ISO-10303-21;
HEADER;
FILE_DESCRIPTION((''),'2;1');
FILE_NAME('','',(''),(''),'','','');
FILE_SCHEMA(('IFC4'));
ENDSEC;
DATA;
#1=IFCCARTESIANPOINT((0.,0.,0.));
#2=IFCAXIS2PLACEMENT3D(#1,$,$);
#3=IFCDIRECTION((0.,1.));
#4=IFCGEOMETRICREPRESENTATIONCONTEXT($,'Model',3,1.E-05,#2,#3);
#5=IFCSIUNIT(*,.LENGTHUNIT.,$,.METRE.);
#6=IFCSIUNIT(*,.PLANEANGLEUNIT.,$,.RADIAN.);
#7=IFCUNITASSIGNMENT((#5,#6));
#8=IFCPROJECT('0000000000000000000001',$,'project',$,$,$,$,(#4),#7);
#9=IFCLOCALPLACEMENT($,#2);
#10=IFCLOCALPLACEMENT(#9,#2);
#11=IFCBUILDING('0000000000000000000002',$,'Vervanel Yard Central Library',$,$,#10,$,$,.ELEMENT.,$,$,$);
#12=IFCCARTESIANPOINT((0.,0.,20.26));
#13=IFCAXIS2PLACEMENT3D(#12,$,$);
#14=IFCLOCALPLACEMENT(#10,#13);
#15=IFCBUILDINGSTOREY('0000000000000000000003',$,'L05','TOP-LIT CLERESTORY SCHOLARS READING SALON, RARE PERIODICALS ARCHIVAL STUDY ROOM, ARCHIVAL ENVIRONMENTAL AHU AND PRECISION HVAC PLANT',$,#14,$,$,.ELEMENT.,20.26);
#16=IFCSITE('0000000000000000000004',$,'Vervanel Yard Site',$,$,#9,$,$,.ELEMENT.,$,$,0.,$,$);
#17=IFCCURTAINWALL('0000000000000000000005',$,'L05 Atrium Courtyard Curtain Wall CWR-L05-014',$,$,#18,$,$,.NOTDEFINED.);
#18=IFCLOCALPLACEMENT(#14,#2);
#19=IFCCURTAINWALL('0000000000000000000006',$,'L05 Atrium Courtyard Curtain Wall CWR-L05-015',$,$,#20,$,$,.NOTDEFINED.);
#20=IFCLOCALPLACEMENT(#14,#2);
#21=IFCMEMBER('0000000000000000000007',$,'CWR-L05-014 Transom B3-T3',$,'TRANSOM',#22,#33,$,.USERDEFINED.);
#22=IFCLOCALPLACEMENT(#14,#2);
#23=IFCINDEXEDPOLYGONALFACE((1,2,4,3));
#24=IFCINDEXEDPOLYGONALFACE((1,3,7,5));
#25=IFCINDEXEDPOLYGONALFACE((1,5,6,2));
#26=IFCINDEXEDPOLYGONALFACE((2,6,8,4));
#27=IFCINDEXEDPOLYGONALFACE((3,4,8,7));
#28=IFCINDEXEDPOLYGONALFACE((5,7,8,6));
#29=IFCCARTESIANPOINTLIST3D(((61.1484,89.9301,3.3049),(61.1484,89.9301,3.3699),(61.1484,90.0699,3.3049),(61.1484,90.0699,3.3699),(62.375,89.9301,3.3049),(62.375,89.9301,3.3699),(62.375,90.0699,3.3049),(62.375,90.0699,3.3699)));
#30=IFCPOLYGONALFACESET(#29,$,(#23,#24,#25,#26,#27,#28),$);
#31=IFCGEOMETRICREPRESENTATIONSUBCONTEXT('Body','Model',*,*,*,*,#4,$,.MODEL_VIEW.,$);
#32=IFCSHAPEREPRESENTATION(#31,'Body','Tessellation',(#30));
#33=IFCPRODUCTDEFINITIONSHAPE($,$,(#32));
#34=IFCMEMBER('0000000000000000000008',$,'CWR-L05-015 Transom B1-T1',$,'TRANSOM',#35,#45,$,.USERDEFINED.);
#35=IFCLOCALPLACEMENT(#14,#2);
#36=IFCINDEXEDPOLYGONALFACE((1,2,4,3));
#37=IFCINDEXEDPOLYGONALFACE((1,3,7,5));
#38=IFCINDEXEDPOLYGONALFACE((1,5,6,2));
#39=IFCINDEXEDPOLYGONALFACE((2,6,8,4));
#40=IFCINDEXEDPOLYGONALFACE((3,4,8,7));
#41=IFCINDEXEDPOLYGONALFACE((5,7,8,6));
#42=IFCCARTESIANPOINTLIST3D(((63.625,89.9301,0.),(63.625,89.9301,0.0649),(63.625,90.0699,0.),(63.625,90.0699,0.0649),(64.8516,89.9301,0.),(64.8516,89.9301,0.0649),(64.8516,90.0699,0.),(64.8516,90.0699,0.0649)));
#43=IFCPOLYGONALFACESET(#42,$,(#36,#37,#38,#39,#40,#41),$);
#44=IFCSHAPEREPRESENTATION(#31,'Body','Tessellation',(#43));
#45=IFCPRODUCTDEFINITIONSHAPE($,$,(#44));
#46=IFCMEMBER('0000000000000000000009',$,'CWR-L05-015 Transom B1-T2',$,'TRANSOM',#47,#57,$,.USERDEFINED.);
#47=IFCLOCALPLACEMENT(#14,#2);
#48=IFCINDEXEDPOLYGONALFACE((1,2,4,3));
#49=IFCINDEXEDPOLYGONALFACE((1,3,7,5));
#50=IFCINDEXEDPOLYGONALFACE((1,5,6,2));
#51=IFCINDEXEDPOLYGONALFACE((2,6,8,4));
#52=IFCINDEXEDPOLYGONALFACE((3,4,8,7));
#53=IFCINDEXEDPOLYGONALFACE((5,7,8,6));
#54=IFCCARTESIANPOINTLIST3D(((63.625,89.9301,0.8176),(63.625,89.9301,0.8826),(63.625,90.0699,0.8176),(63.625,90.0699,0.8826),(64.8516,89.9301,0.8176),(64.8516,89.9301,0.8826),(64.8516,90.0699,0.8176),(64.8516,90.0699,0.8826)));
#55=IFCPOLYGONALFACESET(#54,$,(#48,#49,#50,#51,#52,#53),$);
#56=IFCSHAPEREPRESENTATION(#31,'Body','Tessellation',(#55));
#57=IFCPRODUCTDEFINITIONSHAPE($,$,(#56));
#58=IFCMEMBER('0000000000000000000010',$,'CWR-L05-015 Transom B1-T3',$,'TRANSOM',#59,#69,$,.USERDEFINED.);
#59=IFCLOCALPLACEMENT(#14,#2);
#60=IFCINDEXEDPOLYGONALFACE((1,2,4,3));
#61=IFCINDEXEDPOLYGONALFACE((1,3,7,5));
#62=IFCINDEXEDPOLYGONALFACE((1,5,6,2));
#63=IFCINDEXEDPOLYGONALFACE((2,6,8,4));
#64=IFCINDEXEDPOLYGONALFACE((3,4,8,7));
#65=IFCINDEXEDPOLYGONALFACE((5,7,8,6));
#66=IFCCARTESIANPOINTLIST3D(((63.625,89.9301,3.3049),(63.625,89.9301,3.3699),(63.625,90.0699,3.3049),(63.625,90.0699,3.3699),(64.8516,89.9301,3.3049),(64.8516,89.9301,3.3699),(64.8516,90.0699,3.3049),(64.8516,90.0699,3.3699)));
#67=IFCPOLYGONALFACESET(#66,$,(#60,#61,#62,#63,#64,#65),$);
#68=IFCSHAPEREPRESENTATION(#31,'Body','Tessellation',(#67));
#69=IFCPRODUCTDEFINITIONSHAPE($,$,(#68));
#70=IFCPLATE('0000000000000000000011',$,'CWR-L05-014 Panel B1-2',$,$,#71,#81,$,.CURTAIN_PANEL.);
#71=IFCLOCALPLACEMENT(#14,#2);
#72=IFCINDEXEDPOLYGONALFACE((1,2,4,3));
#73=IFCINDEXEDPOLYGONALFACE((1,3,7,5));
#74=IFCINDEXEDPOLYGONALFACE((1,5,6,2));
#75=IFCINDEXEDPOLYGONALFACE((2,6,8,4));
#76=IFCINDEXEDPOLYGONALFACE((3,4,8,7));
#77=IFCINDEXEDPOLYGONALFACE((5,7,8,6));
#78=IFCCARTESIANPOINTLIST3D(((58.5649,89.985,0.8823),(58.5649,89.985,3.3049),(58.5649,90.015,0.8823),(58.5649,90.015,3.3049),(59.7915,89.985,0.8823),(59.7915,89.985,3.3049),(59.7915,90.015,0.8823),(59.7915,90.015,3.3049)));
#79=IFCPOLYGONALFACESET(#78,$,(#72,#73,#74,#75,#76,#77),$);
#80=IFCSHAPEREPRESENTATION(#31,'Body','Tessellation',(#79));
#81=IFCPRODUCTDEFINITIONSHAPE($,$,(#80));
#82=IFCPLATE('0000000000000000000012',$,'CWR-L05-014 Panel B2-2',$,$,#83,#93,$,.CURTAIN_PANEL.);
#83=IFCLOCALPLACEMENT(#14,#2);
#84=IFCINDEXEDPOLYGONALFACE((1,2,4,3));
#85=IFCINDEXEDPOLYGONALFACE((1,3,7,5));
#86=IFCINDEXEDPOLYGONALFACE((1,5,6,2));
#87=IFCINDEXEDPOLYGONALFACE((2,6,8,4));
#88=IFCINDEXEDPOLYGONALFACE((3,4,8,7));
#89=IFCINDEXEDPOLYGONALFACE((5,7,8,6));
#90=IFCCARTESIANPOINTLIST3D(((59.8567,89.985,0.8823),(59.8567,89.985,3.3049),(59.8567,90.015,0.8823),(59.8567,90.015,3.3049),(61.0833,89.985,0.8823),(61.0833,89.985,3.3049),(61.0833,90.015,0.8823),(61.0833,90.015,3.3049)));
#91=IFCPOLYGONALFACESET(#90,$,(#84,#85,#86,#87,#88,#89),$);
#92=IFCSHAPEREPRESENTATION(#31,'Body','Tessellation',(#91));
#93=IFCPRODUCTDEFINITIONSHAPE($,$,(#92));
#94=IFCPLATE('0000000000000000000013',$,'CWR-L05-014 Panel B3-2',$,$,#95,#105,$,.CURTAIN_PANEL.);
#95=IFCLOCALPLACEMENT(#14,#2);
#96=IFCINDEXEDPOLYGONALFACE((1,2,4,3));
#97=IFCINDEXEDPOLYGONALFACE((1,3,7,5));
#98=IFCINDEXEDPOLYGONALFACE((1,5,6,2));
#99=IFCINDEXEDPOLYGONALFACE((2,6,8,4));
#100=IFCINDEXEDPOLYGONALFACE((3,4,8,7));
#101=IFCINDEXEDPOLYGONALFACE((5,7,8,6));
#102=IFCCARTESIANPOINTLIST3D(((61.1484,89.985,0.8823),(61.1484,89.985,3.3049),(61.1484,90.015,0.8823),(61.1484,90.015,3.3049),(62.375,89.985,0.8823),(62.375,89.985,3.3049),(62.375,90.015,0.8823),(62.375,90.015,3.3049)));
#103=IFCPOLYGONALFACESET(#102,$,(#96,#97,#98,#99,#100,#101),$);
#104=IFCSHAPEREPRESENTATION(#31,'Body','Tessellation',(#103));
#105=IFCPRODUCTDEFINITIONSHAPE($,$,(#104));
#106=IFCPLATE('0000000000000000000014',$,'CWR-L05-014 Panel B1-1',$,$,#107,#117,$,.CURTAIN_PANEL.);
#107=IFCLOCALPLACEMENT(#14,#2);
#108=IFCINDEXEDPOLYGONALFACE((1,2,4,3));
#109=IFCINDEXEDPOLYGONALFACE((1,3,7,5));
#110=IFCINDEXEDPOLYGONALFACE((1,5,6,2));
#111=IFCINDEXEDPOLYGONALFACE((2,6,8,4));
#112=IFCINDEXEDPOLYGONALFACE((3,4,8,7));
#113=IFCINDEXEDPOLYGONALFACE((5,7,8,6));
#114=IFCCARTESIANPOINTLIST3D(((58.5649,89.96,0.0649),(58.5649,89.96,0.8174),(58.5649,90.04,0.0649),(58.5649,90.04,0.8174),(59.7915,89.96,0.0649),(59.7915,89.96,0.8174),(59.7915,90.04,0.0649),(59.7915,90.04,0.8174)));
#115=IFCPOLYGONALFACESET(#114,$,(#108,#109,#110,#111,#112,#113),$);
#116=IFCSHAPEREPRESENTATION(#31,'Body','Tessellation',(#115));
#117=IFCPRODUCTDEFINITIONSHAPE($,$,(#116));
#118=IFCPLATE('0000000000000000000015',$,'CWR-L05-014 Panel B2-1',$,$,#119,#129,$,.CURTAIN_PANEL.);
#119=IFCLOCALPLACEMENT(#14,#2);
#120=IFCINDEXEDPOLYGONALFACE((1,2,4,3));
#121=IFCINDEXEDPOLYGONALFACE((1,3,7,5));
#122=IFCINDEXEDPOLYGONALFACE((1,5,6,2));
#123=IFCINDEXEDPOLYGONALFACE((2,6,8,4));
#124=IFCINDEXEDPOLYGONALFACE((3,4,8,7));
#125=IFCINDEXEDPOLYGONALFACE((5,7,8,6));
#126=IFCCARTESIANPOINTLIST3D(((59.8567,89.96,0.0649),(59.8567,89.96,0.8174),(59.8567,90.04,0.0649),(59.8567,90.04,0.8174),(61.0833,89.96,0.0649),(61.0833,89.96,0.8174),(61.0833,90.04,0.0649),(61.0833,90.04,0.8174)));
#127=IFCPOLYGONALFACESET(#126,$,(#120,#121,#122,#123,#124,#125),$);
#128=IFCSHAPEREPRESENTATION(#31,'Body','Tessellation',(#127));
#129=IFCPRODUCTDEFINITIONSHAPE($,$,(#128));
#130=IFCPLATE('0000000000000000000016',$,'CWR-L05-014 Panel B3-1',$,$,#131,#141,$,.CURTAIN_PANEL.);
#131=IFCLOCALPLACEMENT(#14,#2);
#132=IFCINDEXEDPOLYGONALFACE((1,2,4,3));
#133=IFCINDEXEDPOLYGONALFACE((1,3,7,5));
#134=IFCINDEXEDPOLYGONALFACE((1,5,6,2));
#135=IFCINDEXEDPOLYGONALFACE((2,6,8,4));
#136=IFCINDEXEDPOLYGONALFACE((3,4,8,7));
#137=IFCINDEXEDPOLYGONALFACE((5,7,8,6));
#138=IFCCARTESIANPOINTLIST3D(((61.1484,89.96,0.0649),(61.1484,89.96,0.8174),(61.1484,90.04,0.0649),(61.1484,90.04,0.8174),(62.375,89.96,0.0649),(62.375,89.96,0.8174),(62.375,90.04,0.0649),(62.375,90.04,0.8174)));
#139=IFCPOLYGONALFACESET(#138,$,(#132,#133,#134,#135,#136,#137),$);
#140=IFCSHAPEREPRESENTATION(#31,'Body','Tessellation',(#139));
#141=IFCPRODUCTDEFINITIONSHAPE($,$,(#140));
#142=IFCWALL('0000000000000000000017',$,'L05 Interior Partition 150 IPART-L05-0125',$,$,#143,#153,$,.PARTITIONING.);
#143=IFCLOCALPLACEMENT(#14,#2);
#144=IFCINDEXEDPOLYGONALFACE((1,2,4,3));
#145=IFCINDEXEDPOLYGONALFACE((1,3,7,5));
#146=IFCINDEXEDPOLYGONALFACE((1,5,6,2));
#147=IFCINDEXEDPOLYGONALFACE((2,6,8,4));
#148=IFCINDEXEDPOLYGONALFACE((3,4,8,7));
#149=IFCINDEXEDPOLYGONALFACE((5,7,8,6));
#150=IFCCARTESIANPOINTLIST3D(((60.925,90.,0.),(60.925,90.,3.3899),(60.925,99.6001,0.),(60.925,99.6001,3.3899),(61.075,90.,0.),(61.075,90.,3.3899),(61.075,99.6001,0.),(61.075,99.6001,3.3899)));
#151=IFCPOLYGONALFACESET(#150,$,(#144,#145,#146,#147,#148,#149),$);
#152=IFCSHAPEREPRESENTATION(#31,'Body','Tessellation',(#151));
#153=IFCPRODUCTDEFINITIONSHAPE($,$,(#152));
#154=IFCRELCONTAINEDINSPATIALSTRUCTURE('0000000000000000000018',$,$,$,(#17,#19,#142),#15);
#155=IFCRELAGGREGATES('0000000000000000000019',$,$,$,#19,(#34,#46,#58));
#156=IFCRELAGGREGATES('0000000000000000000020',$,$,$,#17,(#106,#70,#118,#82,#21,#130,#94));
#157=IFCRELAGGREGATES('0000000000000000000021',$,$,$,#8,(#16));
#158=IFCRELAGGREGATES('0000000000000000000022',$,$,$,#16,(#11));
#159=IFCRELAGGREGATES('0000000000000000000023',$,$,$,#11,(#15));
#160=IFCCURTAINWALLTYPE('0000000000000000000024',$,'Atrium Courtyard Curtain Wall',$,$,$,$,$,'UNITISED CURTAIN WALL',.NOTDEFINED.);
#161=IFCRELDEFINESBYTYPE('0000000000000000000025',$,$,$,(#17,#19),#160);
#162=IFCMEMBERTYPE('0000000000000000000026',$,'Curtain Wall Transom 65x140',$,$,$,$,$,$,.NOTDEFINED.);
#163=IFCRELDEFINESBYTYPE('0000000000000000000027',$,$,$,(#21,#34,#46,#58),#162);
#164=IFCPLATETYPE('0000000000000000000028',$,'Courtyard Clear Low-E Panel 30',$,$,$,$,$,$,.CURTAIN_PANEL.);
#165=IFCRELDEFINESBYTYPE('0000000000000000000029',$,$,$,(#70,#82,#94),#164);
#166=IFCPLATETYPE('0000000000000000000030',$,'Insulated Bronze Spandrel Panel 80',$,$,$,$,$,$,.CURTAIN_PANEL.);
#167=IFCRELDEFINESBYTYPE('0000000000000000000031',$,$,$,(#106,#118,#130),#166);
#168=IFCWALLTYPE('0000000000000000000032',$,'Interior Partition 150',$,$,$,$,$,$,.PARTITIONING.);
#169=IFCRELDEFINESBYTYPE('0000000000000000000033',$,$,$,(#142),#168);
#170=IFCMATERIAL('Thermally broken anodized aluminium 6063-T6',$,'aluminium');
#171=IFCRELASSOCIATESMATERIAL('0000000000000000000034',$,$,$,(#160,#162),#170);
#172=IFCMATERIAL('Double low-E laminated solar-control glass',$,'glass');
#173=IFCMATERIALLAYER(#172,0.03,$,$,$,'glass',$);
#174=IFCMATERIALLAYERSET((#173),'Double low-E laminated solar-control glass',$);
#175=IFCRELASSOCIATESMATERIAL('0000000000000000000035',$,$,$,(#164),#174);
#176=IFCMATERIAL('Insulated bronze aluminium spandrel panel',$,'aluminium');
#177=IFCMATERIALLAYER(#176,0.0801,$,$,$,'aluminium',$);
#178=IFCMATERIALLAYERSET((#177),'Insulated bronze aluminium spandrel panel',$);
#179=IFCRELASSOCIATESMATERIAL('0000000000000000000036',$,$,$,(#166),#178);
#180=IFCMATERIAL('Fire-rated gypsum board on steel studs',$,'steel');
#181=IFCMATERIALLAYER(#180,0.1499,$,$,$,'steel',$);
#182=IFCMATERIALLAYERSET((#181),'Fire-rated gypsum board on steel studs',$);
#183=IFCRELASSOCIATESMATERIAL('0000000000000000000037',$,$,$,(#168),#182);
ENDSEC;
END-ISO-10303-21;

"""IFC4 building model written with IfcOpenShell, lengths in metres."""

from ifc_helpers import new_model, si_unit, direction, frame, frame_2d, origin, origin_2d, place, context, subcontext, project, spatial, rectangle, extrude, material, layer, layer_set, material_profile, profile_set, type_object, element, aggregate, save


model = new_model("IFC4")

# Units and contexts
model_context = context("Model", 3, precision=1e-05, world=origin(), true_north=direction((0.0, 1.0)))
body_context = subcontext(model_context, "Body", "Model", "MODEL_VIEW")
ifc_project = project(units=[si_unit("LENGTHUNIT", "METRE"), si_unit("PLANEANGLEUNIT", "RADIAN")], contexts=[model_context])

# Site, building, storey
site_placement = place(None, origin())
site = spatial("IfcSite", under=ifc_project, at=site_placement, Name="Vervanel Yard Site", CompositionType="ELEMENT", RefElevation=0.0)
building_placement = place(site_placement, origin())
building = spatial("IfcBuilding", under=site, at=building_placement, Name="Vervanel Yard Central Library", CompositionType="ELEMENT")
storey_placement = place(building_placement, frame((0.0, 0.0, 20.26)))
storey = spatial("IfcBuildingStorey", under=building, at=storey_placement, Name="L05", Description="TOP-LIT CLERESTORY SCHOLARS READING SALON, RARE PERIODICALS ARCHIVAL STUDY ROOM, ARCHIVAL ENVIRONMENTAL AHU AND PRECISION HVAC PLANT", CompositionType="ELEMENT", Elevation=20.26)

# Curtain wall
ifc_material_1 = material(Name="Thermally broken anodized aluminium 6063-T6", Category="aluminium")
curtain_wall_type = type_object("IfcCurtainWallType", Name="Atrium Courtyard Curtain Wall", ElementType="UNITISED CURTAIN WALL", PredefinedType="NOTDEFINED", material=ifc_material_1)
curtain_wall_1_placement = place(storey_placement, origin())
curtain_wall_1 = element("IfcCurtainWall", 1, at=curtain_wall_1_placement, inside=storey, type_object=curtain_wall_type, Name="L05 Atrium Courtyard Curtain Wall CWR-L05-014", PredefinedType="NOTDEFINED")

# Curtain wall
curtain_wall_2_placement = place(storey_placement, origin())
curtain_wall_2 = element("IfcCurtainWall", 2, at=curtain_wall_2_placement, inside=storey, type_object=curtain_wall_type, Name="L05 Atrium Courtyard Curtain Wall CWR-L05-015", PredefinedType="NOTDEFINED")

# Members
ifc_material_profile_1 = material_profile(ifc_material_1, rectangle(XDim=0.0649, YDim=0.1399, at=origin_2d()), Name="ALU 65x140", Category="aluminium")
ifc_profile_set_1 = profile_set([ifc_material_profile_1], Name="Thermally broken anodized aluminium 6063-T6")
member_type_1 = type_object("IfcMemberType", Name="Curtain Wall Transom 65x140", PredefinedType="NOTDEFINED", material=ifc_profile_set_1)
member_1_placement = place(storey_placement, frame((61.1484, 90.0, 3.3374), z_axis=(1.0, 0.0, 0.0), x_axis=(0.0, 0.0, 1.0)))
member_1 = element("IfcMember", 3, at=member_1_placement, type_object=member_type_1, Name="CWR-L05-014 Transom B3-T3", ObjectType="TRANSOM", PredefinedType="USERDEFINED", context=body_context, shape_type="SweptSolid", body=[
    extrude(rectangle(XDim=0.0649, YDim=0.1399, at=origin_2d()), origin(), (0.0, 0.0, 1.0), 1.2266),
])
member_2_placement = place(storey_placement, frame((63.625, 90.0, 0.0325), z_axis=(1.0, 0.0, 0.0), x_axis=(0.0, 0.0, 1.0)))
member_2 = element("IfcMember", 4, at=member_2_placement, type_object=member_type_1, Name="CWR-L05-015 Transom B1-T1", ObjectType="TRANSOM", PredefinedType="USERDEFINED", context=body_context, shape_type="SweptSolid", body=[
    extrude(rectangle(XDim=0.0649, YDim=0.1399, at=origin_2d()), origin(), (0.0, 0.0, 1.0), 1.2266),
])
member_3_placement = place(storey_placement, frame((63.625, 90.0, 0.8501), z_axis=(1.0, 0.0, 0.0), x_axis=(0.0, 0.0, 1.0)))
member_3 = element("IfcMember", 5, at=member_3_placement, type_object=member_type_1, Name="CWR-L05-015 Transom B1-T2", ObjectType="TRANSOM", PredefinedType="USERDEFINED", context=body_context, shape_type="SweptSolid", body=[
    extrude(rectangle(XDim=0.0649, YDim=0.1399, at=origin_2d()), origin(), (0.0, 0.0, 1.0), 1.2266),
])
member_4_placement = place(storey_placement, frame((63.625, 90.0, 3.3374), z_axis=(1.0, 0.0, 0.0), x_axis=(0.0, 0.0, 1.0)))
member_4 = element("IfcMember", 6, at=member_4_placement, type_object=member_type_1, Name="CWR-L05-015 Transom B1-T3", ObjectType="TRANSOM", PredefinedType="USERDEFINED", context=body_context, shape_type="SweptSolid", body=[
    extrude(rectangle(XDim=0.0649, YDim=0.1399, at=origin_2d()), origin(), (0.0, 0.0, 1.0), 1.2266),
])
aggregate(curtain_wall_2, [member_2, member_3, member_4])

# Plates
ifc_material_2 = material(Name="Double low-E laminated solar-control glass", Category="glass")
ifc_layer_1 = layer(ifc_material_2, 0.03, Category="glass")
ifc_layer_set_1 = layer_set([ifc_layer_1], Name="Double low-E laminated solar-control glass")
plate_type_1 = type_object("IfcPlateType", Name="Courtyard Clear Low-E Panel 30", PredefinedType="CURTAIN_PANEL", material=ifc_layer_set_1)
plate_1_placement = place(storey_placement, frame((59.1782, 90.0, 0.8823), z_axis=(0.0, 0.0, 1.0), x_axis=(1.0, 0.0, 0.0)))
plate_1 = element("IfcPlate", 7, at=plate_1_placement, type_object=plate_type_1, Name="CWR-L05-014 Panel B1-2", PredefinedType="CURTAIN_PANEL", context=body_context, shape_type="SweptSolid", body=[
    extrude(rectangle(XDim=1.2266, YDim=0.03, at=origin_2d()), origin(), (0.0, 0.0, 1.0), 2.4226),
])
plate_2_placement = place(storey_placement, frame((60.47, 90.0, 0.8823), z_axis=(0.0, 0.0, 1.0), x_axis=(1.0, 0.0, 0.0)))
plate_2 = element("IfcPlate", 8, at=plate_2_placement, type_object=plate_type_1, Name="CWR-L05-014 Panel B2-2", PredefinedType="CURTAIN_PANEL", context=body_context, shape_type="SweptSolid", body=[
    extrude(rectangle(XDim=1.2266, YDim=0.03, at=origin_2d()), origin(), (0.0, 0.0, 1.0), 2.4226),
])
plate_3_placement = place(storey_placement, frame((61.7617, 90.0, 0.8823), z_axis=(0.0, 0.0, 1.0), x_axis=(1.0, 0.0, 0.0)))
plate_3 = element("IfcPlate", 9, at=plate_3_placement, type_object=plate_type_1, Name="CWR-L05-014 Panel B3-2", PredefinedType="CURTAIN_PANEL", context=body_context, shape_type="SweptSolid", body=[
    extrude(rectangle(XDim=1.2266, YDim=0.03, at=origin_2d()), origin(), (0.0, 0.0, 1.0), 2.4226),
])
ifc_material_3 = material(Name="Insulated bronze aluminium spandrel panel", Category="aluminium")
ifc_layer_2 = layer(ifc_material_3, 0.0801, Category="aluminium")
ifc_layer_set_2 = layer_set([ifc_layer_2], Name="Insulated bronze aluminium spandrel panel")
plate_type_2 = type_object("IfcPlateType", Name="Insulated Bronze Spandrel Panel 80", PredefinedType="CURTAIN_PANEL", material=ifc_layer_set_2)
plate_4_placement = place(storey_placement, frame((59.1782, 90.0, 0.0649), z_axis=(0.0, 0.0, 1.0), x_axis=(1.0, 0.0, 0.0)))
plate_4 = element("IfcPlate", 10, at=plate_4_placement, type_object=plate_type_2, Name="CWR-L05-014 Panel B1-1", PredefinedType="CURTAIN_PANEL", context=body_context, shape_type="SweptSolid", body=[
    extrude(rectangle(XDim=1.2266, YDim=0.0801, at=origin_2d()), origin(), (0.0, 0.0, 1.0), 0.7524),
])
plate_5_placement = place(storey_placement, frame((60.47, 90.0, 0.0649), z_axis=(0.0, 0.0, 1.0), x_axis=(1.0, 0.0, 0.0)))
plate_5 = element("IfcPlate", 11, at=plate_5_placement, type_object=plate_type_2, Name="CWR-L05-014 Panel B2-1", PredefinedType="CURTAIN_PANEL", context=body_context, shape_type="SweptSolid", body=[
    extrude(rectangle(XDim=1.2266, YDim=0.0801, at=origin_2d()), origin(), (0.0, 0.0, 1.0), 0.7524),
])
plate_6_placement = place(storey_placement, frame((61.7617, 90.0, 0.0649), z_axis=(0.0, 0.0, 1.0), x_axis=(1.0, 0.0, 0.0)))
plate_6 = element("IfcPlate", 12, at=plate_6_placement, type_object=plate_type_2, Name="CWR-L05-014 Panel B3-1", PredefinedType="CURTAIN_PANEL", context=body_context, shape_type="SweptSolid", body=[
    extrude(rectangle(XDim=1.2266, YDim=0.0801, at=origin_2d()), origin(), (0.0, 0.0, 1.0), 0.7524),
])
aggregate(curtain_wall_1, [plate_4, plate_1, plate_5, plate_2, member_1, plate_6, plate_3])

# Wall
ifc_material_4 = material(Name="Fire-rated gypsum board on steel studs", Category="steel")
ifc_layer_3 = layer(ifc_material_4, 0.1499, Category="steel")
ifc_layer_set_3 = layer_set([ifc_layer_3], Name="Fire-rated gypsum board on steel studs")
wall_type = type_object("IfcWallType", Name="Interior Partition 150", PredefinedType="PARTITIONING", material=ifc_layer_set_3)
wall_placement = place(storey_placement, frame((61.0, 90.0, 0.0), z_axis=(0.0, 0.0, 1.0), x_axis=(0.0, 1.0, 0.0)))
element("IfcWall", 13, at=wall_placement, inside=storey, type_object=wall_type, Name="L05 Interior Partition 150 IPART-L05-0125", PredefinedType="PARTITIONING", context=body_context, shape_type="SweptSolid", body=[
    extrude(rectangle(XDim=9.6001, YDim=0.1499, at=frame_2d((4.8, 0.0))), origin(), (0.0, 0.0, 1.0), 3.3899),
])

save(model, "model.ifc")
